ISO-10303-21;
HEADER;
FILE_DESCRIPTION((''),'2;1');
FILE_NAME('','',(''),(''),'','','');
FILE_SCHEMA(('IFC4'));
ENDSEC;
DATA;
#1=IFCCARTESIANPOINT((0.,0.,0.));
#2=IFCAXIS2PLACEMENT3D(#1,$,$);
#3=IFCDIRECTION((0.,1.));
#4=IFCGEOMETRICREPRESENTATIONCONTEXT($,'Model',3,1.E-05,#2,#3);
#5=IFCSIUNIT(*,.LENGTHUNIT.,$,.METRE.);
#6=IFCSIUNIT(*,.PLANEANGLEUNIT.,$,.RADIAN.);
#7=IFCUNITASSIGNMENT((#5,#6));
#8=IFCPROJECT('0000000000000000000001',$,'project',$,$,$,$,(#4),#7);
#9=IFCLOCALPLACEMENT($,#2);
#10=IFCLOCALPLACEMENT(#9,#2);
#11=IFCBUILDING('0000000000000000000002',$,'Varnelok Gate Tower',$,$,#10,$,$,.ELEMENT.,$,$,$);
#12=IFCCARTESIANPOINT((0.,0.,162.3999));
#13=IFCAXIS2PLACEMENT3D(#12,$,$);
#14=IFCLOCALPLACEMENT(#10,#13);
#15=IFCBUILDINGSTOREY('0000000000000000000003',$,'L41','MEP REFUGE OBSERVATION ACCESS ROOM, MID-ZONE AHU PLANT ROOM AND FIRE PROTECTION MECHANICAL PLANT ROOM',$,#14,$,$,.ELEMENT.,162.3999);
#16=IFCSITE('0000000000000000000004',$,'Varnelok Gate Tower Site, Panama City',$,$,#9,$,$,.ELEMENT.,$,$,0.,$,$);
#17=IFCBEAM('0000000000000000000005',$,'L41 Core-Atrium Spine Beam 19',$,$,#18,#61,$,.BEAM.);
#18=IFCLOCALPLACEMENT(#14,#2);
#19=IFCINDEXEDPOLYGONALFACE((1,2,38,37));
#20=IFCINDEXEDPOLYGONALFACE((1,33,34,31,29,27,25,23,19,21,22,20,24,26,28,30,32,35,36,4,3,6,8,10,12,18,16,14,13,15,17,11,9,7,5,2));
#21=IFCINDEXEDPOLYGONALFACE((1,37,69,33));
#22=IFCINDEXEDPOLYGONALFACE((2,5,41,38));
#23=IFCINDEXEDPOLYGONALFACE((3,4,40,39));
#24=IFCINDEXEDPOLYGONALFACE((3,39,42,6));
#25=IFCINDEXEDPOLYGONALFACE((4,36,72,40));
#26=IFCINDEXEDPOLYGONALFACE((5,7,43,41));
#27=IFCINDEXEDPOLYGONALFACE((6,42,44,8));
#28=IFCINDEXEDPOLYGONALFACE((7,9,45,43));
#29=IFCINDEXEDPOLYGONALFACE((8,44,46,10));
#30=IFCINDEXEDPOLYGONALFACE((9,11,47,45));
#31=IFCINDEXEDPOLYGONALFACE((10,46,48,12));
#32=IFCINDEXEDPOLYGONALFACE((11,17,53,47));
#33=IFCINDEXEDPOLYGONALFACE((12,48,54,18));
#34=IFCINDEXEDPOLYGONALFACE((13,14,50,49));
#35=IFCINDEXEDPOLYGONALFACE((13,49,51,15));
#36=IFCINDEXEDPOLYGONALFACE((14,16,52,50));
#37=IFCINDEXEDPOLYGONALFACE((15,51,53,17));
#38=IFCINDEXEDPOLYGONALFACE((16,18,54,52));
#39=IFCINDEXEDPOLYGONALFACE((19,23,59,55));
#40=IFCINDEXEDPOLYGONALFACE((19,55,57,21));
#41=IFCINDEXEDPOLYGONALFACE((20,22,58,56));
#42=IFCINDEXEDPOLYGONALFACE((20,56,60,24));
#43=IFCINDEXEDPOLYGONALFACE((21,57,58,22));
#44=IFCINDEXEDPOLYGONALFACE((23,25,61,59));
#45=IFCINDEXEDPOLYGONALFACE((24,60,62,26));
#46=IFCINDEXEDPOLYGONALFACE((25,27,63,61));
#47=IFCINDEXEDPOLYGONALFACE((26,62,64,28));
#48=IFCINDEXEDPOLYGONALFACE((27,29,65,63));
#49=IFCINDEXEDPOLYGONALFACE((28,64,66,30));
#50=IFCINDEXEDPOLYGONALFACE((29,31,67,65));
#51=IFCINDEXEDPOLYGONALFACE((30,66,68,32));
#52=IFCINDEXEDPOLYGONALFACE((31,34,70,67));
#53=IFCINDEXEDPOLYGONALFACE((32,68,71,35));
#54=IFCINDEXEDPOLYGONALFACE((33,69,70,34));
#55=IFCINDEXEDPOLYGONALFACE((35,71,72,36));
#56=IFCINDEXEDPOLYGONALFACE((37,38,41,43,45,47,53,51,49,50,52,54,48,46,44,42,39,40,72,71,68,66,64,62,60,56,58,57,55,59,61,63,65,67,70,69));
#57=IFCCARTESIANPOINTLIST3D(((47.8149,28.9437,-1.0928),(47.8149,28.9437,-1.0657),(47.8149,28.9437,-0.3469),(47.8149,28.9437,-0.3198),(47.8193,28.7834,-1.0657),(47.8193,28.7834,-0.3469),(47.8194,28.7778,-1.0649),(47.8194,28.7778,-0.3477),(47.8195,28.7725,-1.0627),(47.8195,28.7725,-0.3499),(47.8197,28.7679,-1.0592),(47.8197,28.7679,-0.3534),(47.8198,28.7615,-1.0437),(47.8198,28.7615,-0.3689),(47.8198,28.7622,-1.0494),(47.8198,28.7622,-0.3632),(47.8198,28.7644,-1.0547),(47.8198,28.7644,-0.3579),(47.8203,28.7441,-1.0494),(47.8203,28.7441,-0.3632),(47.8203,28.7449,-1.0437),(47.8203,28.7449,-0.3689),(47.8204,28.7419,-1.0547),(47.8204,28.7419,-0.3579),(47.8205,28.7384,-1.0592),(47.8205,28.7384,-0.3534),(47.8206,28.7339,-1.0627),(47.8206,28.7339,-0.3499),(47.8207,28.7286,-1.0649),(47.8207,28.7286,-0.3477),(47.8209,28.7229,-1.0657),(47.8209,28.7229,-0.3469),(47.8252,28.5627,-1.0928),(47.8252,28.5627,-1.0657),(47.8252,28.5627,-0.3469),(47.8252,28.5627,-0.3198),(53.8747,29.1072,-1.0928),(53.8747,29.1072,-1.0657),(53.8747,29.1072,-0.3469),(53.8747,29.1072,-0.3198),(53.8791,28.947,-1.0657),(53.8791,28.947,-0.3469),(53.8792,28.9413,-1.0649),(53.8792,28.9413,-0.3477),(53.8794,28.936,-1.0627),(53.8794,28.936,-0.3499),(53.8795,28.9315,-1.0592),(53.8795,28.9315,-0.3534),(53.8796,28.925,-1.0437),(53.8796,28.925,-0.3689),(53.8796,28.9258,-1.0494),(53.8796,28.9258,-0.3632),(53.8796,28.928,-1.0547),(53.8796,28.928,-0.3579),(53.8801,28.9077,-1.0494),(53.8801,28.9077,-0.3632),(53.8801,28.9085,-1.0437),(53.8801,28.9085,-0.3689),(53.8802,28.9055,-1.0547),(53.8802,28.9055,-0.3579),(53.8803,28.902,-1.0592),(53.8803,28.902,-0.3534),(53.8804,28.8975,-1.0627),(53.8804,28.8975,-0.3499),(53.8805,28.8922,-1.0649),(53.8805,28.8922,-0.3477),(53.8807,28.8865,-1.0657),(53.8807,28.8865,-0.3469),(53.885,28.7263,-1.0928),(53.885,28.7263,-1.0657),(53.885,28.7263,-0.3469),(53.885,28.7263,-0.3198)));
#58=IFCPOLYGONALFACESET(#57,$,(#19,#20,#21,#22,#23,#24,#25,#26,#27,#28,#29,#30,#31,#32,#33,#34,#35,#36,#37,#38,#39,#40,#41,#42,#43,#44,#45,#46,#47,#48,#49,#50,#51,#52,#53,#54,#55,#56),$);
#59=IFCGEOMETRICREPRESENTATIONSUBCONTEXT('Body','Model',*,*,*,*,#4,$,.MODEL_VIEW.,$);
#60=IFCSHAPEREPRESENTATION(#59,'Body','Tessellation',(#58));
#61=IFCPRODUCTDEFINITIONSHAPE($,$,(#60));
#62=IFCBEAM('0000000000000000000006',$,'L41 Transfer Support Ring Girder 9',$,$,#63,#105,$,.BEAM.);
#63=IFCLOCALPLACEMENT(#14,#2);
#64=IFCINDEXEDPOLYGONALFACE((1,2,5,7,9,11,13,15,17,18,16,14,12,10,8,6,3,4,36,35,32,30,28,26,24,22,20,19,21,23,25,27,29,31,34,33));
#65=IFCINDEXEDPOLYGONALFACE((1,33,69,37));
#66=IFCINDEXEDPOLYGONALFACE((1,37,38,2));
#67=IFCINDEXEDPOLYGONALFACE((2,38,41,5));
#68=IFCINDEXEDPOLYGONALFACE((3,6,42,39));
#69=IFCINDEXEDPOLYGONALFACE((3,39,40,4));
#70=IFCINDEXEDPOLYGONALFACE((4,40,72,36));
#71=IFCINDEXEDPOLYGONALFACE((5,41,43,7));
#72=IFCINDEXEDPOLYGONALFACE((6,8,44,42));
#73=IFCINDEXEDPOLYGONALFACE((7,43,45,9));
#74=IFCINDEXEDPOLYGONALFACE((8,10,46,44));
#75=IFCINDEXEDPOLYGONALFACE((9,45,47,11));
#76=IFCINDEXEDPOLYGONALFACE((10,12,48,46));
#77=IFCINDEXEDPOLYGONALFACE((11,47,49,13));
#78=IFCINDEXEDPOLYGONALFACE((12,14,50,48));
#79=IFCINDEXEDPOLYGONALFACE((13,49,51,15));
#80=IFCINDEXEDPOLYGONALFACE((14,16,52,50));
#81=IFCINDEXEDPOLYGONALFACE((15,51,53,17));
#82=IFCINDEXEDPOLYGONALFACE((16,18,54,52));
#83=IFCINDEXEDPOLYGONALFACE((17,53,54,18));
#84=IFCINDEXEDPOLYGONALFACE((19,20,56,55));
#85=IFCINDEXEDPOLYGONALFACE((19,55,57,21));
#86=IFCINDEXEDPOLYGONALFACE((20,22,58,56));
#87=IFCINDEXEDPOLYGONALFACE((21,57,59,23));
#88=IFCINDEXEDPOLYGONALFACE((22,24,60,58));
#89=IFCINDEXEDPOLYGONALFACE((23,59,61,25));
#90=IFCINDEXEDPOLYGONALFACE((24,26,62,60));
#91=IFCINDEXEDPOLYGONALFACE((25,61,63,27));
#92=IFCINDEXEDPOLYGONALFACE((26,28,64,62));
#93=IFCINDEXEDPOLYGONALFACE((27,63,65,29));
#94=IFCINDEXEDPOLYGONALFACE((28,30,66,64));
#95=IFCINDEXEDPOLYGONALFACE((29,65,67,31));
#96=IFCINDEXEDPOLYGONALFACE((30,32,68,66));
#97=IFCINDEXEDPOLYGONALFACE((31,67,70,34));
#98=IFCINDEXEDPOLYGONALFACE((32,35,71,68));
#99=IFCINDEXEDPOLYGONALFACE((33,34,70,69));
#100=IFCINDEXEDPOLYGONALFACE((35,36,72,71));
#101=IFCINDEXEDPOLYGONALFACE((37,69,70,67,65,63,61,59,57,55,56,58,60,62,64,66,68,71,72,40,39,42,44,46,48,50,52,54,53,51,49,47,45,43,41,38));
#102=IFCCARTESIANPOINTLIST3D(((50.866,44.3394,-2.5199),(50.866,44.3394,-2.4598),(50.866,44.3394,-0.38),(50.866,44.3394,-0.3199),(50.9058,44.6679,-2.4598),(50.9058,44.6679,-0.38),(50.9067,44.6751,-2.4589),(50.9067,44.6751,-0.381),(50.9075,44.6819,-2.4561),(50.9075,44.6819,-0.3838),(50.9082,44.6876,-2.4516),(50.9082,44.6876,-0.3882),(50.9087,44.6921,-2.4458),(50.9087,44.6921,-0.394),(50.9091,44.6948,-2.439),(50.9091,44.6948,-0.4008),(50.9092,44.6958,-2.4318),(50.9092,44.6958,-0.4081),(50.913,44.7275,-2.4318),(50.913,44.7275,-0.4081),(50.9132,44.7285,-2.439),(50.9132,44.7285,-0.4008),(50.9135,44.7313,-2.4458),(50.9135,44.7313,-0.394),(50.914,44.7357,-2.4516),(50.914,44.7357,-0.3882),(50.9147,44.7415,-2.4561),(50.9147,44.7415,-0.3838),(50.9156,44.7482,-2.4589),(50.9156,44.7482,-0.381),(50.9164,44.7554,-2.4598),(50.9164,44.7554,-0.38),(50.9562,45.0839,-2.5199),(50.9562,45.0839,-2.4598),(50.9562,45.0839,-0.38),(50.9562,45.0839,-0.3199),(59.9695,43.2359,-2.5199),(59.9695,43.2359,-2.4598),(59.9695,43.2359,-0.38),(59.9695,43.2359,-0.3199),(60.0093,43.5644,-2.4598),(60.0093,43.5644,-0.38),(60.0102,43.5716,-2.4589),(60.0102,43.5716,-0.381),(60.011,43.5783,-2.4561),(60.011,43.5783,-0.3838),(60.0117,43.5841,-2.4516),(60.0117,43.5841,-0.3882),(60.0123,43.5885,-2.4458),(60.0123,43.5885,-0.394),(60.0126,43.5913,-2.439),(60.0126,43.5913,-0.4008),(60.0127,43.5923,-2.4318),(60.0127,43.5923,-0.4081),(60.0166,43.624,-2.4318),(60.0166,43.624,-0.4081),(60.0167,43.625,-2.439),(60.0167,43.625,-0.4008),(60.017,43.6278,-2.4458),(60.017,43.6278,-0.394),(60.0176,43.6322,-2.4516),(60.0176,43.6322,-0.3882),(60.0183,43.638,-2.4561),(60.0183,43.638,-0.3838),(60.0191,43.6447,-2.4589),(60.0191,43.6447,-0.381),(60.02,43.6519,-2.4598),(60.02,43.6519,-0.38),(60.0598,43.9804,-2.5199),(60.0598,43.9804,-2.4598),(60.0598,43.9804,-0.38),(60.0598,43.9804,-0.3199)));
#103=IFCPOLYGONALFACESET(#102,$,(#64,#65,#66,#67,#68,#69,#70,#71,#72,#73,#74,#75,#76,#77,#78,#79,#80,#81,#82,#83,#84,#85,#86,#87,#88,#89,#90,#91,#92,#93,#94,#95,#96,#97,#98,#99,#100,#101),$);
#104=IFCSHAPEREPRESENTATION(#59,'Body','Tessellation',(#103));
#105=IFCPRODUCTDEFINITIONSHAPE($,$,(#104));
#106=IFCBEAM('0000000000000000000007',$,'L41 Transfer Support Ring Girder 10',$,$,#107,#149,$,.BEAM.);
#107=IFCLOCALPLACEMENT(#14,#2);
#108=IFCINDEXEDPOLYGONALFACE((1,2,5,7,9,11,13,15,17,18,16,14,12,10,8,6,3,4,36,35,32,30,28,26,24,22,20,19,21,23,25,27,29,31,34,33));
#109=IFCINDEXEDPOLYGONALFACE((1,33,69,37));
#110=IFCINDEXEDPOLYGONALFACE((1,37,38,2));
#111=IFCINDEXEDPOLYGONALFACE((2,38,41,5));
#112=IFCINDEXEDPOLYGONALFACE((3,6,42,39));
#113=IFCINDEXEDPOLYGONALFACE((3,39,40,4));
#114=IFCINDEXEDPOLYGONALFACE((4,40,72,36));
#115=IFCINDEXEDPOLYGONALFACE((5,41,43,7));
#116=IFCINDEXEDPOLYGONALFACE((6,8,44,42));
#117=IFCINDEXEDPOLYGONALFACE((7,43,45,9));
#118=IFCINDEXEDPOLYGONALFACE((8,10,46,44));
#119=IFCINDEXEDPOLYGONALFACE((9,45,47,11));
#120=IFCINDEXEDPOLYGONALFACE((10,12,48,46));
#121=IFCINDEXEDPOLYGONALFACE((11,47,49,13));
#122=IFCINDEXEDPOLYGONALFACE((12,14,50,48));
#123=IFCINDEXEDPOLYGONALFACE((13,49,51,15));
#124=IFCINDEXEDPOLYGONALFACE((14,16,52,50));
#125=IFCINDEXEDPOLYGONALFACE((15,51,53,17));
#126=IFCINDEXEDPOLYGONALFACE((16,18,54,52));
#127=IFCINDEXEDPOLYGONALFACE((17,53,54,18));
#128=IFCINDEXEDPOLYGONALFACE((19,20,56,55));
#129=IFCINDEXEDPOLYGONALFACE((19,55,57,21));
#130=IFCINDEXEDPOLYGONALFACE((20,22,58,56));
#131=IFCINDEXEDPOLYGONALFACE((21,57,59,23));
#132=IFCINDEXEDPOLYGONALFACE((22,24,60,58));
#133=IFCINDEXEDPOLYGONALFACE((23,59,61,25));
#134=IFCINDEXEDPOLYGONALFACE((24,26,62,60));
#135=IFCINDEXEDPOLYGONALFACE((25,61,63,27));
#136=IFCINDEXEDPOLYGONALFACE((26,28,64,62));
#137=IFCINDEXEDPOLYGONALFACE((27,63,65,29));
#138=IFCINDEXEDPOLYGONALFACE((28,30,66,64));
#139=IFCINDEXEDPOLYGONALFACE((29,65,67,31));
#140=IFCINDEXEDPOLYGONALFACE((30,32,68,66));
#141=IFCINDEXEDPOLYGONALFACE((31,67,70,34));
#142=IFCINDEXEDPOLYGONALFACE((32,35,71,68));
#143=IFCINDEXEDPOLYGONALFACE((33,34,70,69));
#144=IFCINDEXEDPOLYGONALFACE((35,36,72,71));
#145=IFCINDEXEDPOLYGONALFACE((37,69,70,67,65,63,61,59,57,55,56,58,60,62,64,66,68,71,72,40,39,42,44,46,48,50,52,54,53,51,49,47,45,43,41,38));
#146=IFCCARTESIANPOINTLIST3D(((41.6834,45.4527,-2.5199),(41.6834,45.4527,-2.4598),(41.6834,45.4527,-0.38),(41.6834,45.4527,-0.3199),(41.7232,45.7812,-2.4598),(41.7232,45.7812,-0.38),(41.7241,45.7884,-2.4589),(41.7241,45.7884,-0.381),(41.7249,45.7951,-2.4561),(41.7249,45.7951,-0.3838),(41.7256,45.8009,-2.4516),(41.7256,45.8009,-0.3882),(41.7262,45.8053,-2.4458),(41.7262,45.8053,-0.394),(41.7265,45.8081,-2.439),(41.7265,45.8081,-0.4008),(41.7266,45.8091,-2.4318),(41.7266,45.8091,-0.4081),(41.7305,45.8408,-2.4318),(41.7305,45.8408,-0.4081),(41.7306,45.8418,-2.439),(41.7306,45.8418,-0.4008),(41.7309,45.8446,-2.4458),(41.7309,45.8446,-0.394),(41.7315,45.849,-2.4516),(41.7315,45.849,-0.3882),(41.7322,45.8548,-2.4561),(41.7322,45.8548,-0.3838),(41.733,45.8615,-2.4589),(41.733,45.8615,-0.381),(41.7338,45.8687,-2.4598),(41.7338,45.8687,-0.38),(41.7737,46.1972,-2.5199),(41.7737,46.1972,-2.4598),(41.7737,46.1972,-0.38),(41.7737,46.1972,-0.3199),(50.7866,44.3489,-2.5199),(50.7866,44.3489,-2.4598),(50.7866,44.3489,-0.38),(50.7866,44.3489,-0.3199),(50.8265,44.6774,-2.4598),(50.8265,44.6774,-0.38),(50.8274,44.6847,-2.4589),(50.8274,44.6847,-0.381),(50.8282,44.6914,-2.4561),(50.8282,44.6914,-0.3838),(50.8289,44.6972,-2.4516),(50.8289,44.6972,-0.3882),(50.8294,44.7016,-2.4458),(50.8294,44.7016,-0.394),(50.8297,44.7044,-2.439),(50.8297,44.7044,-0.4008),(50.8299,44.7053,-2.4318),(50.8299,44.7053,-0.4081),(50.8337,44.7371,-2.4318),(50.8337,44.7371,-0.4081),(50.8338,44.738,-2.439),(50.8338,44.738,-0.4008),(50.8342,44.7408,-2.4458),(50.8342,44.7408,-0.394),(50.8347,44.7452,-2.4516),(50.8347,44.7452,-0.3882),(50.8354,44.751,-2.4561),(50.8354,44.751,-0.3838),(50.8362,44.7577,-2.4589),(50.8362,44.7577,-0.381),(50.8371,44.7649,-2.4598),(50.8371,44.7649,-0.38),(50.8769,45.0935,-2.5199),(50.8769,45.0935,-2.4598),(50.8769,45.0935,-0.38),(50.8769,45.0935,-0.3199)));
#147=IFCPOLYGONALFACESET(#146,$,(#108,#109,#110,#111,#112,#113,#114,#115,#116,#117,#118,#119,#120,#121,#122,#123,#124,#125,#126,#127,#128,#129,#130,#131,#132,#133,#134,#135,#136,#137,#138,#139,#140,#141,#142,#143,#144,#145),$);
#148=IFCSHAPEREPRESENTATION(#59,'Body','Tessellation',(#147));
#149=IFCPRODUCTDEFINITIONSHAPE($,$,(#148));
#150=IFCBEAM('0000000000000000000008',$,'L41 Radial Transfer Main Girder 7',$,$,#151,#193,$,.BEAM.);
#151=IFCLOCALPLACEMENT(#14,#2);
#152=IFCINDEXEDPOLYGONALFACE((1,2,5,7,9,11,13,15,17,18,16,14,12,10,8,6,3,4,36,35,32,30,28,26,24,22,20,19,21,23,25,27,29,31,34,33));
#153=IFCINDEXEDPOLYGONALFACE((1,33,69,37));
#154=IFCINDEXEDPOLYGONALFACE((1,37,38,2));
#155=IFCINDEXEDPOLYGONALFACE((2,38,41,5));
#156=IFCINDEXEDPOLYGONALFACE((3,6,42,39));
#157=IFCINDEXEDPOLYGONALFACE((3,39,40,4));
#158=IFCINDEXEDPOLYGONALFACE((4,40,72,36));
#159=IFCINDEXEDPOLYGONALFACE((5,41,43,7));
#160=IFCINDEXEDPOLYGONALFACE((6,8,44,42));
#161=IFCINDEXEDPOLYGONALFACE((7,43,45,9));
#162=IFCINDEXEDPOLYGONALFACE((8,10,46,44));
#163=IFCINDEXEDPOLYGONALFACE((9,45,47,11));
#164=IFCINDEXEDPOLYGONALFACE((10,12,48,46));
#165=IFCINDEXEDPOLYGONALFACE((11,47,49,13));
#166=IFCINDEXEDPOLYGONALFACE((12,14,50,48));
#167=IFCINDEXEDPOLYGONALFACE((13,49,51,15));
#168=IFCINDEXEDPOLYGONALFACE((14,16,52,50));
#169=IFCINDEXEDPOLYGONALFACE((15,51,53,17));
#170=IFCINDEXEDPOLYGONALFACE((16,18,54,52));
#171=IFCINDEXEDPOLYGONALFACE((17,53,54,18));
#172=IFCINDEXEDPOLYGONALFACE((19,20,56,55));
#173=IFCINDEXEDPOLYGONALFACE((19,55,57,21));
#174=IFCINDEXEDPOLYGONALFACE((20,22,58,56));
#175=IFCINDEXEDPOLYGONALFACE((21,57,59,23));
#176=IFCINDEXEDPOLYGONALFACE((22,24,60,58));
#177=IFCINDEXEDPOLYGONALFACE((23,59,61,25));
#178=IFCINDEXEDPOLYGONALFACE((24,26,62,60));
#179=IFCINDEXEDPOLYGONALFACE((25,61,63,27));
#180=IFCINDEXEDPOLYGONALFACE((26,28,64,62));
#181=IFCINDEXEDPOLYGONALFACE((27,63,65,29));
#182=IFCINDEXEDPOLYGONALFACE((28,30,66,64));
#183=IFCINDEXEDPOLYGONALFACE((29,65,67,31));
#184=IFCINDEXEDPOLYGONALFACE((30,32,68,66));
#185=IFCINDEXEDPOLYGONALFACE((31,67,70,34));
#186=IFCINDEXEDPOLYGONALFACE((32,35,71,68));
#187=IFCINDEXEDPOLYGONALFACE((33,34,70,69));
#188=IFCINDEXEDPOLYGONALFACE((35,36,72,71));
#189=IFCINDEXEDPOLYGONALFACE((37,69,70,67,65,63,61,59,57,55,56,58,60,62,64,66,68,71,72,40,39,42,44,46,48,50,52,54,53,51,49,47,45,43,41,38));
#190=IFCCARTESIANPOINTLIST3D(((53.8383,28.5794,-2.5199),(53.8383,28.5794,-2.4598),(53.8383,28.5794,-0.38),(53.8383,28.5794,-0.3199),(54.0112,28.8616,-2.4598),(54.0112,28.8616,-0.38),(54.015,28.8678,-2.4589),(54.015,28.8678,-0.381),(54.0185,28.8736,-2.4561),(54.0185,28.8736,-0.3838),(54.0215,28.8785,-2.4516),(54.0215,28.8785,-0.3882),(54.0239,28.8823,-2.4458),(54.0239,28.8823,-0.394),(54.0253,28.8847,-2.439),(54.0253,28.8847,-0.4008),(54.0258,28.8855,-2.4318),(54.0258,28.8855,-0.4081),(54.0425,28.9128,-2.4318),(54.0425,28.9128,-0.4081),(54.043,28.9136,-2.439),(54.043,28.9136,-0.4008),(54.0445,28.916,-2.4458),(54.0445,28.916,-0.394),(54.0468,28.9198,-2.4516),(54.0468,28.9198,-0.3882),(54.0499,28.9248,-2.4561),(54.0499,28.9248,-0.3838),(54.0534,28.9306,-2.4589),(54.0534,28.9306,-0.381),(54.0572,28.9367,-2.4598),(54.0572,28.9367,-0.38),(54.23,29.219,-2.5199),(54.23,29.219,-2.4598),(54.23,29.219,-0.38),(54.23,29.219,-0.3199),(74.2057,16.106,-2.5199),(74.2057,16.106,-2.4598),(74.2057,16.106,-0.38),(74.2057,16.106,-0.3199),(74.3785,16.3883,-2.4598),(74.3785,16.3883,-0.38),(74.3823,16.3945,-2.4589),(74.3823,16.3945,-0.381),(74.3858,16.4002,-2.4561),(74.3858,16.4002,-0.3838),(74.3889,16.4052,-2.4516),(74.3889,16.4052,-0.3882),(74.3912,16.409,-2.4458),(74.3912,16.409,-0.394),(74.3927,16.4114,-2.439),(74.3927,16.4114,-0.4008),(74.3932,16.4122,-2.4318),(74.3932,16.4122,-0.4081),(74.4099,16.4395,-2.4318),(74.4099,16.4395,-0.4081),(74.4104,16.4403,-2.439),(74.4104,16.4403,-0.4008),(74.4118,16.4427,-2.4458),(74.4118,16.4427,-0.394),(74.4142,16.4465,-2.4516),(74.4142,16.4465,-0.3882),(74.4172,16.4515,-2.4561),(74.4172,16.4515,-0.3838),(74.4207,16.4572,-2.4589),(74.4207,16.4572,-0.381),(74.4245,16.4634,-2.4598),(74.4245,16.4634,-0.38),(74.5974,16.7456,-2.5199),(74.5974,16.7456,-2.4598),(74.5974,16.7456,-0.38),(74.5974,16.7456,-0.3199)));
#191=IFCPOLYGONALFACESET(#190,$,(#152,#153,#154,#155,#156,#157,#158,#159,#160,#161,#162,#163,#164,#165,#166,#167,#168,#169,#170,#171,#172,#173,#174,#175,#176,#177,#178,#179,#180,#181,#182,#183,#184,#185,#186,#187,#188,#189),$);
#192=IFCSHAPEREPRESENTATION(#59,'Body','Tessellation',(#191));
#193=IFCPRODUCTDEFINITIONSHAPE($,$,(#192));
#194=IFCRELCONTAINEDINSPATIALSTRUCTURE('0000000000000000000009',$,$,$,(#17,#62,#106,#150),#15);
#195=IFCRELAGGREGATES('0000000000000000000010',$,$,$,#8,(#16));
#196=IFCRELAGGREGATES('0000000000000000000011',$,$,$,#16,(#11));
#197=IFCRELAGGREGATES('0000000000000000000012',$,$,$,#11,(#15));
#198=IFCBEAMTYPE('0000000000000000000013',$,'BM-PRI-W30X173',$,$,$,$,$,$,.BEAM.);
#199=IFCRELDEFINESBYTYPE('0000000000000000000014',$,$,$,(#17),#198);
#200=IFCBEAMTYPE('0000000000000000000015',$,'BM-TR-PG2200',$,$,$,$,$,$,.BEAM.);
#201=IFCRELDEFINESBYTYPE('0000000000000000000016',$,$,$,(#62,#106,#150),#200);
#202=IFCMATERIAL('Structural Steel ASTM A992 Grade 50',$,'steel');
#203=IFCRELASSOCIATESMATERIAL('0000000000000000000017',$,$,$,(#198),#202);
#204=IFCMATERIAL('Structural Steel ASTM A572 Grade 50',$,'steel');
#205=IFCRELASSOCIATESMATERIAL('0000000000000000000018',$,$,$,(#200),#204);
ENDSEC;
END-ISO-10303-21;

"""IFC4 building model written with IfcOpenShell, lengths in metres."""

from ifc_helpers import new_model, si_unit, direction, frame, origin, origin_2d, place, context, subcontext, project, spatial, i_section, extrude, material, material_profile, profile_set, type_object, element, save


model = new_model("IFC4")

# Units and contexts
model_context = context("Model", 3, precision=1e-05, world=origin(), true_north=direction((0.0, 1.0)))
body_context = subcontext(model_context, "Body", "Model", "MODEL_VIEW")
ifc_project = project(units=[si_unit("LENGTHUNIT", "METRE"), si_unit("PLANEANGLEUNIT", "RADIAN")], contexts=[model_context])

# Site, building, storey
site_placement = place(None, origin())
site = spatial("IfcSite", under=ifc_project, at=site_placement, Name="Varnelok Gate Tower Site, Panama City", CompositionType="ELEMENT", RefElevation=0.0)
building_placement = place(site_placement, origin())
building = spatial("IfcBuilding", under=site, at=building_placement, Name="Varnelok Gate Tower", CompositionType="ELEMENT")
storey_placement = place(building_placement, frame((0.0, 0.0, 162.3999)))
storey = spatial("IfcBuildingStorey", under=building, at=storey_placement, Name="L41", Description="MEP REFUGE OBSERVATION ACCESS ROOM, MID-ZONE AHU PLANT ROOM AND FIRE PROTECTION MECHANICAL PLANT ROOM", CompositionType="ELEMENT", Elevation=162.3999)

# Shared definitions
ifc_material_1 = material(Name="Structural Steel ASTM A992 Grade 50", Category="steel")

# Beams
ifc_material_profile_1 = material_profile(ifc_material_1, i_section(OverallWidth=0.3811, OverallDepth=0.7729, WebThickness=0.0166, FlangeThickness=0.0271, FilletRadius=0.022, at=origin_2d()), Name="W30X173")
ifc_profile_set_1 = profile_set([ifc_material_profile_1], Name="Structural Steel ASTM A992 Grade 50")
beam_type_1 = type_object("IfcBeamType", Name="BM-PRI-W30X173", PredefinedType="BEAM", material=ifc_profile_set_1)
beam_1_placement = place(storey_placement, frame((47.8201, 28.7532, -0.7063), z_axis=(0.999636, 0.026983, 0.0), x_axis=(-0.026983, 0.999636, 0.0)))
element("IfcBeam", 1, at=beam_1_placement, inside=storey, type_object=beam_type_1, Name="L41 Core-Atrium Spine Beam 19", PredefinedType="BEAM", context=body_context, shape_type="SweptSolid", body=[
    extrude(i_section(OverallWidth=0.3811, OverallDepth=0.7729, WebThickness=0.0166, FlangeThickness=0.0271, FilletRadius=0.022, at=origin_2d()), origin(), (0.0, 0.0, 1.0), 6.062),
])
ifc_material_2 = material(Name="Structural Steel ASTM A572 Grade 50", Category="steel")
ifc_material_profile_2 = material_profile(ifc_material_2, i_section(OverallWidth=0.75, OverallDepth=2.2, WebThickness=0.032, FlangeThickness=0.0601, FilletRadius=0.0281, at=origin_2d()), Name="PG2200X750")
ifc_profile_set_2 = profile_set([ifc_material_profile_2], Name="Structural Steel ASTM A572 Grade 50")
beam_type_2 = type_object("IfcBeamType", Name="BM-TR-PG2200", PredefinedType="BEAM", material=ifc_profile_set_2)
beam_2_placement = place(storey_placement, frame((60.0146, 43.6082, -1.4199), z_axis=(-0.992733, 0.120338, 0.0), x_axis=(-0.120338, -0.992733, 0.0)))
element("IfcBeam", 2, at=beam_2_placement, inside=storey, type_object=beam_type_2, Name="L41 Transfer Support Ring Girder 9", PredefinedType="BEAM", context=body_context, shape_type="SweptSolid", body=[
    extrude(i_section(OverallWidth=0.75, OverallDepth=2.2, WebThickness=0.032, FlangeThickness=0.0601, FilletRadius=0.0281, at=origin_2d()), origin(), (0.0, 0.0, 1.0), 9.1702),
])
beam_3_placement = place(storey_placement, frame((50.8318, 44.7212, -1.4199), z_axis=(-0.992729, 0.120367, 0.0), x_axis=(-0.120367, -0.992729, 0.0)))
element("IfcBeam", 3, at=beam_3_placement, inside=storey, type_object=beam_type_2, Name="L41 Transfer Support Ring Girder 10", PredefinedType="BEAM", context=body_context, shape_type="SweptSolid", body=[
    extrude(i_section(OverallWidth=0.75, OverallDepth=2.2, WebThickness=0.032, FlangeThickness=0.0601, FilletRadius=0.0281, at=origin_2d()), origin(), (0.0, 0.0, 1.0), 9.1699),
])
beam_4_placement = place(storey_placement, frame((54.0342, 28.8992, -1.4199), z_axis=(0.852785, -0.522261, 0.0), x_axis=(0.522261, 0.852785, 0.0)))
element("IfcBeam", 4, at=beam_4_placement, inside=storey, type_object=beam_type_2, Name="L41 Radial Transfer Main Girder 7", PredefinedType="BEAM", context=body_context, shape_type="SweptSolid", body=[
    extrude(i_section(OverallWidth=0.75, OverallDepth=2.2, WebThickness=0.032, FlangeThickness=0.0601, FilletRadius=0.0281, at=origin_2d()), origin(), (0.0, 0.0, 1.0), 23.8833),
])

save(model, "model.ifc")
